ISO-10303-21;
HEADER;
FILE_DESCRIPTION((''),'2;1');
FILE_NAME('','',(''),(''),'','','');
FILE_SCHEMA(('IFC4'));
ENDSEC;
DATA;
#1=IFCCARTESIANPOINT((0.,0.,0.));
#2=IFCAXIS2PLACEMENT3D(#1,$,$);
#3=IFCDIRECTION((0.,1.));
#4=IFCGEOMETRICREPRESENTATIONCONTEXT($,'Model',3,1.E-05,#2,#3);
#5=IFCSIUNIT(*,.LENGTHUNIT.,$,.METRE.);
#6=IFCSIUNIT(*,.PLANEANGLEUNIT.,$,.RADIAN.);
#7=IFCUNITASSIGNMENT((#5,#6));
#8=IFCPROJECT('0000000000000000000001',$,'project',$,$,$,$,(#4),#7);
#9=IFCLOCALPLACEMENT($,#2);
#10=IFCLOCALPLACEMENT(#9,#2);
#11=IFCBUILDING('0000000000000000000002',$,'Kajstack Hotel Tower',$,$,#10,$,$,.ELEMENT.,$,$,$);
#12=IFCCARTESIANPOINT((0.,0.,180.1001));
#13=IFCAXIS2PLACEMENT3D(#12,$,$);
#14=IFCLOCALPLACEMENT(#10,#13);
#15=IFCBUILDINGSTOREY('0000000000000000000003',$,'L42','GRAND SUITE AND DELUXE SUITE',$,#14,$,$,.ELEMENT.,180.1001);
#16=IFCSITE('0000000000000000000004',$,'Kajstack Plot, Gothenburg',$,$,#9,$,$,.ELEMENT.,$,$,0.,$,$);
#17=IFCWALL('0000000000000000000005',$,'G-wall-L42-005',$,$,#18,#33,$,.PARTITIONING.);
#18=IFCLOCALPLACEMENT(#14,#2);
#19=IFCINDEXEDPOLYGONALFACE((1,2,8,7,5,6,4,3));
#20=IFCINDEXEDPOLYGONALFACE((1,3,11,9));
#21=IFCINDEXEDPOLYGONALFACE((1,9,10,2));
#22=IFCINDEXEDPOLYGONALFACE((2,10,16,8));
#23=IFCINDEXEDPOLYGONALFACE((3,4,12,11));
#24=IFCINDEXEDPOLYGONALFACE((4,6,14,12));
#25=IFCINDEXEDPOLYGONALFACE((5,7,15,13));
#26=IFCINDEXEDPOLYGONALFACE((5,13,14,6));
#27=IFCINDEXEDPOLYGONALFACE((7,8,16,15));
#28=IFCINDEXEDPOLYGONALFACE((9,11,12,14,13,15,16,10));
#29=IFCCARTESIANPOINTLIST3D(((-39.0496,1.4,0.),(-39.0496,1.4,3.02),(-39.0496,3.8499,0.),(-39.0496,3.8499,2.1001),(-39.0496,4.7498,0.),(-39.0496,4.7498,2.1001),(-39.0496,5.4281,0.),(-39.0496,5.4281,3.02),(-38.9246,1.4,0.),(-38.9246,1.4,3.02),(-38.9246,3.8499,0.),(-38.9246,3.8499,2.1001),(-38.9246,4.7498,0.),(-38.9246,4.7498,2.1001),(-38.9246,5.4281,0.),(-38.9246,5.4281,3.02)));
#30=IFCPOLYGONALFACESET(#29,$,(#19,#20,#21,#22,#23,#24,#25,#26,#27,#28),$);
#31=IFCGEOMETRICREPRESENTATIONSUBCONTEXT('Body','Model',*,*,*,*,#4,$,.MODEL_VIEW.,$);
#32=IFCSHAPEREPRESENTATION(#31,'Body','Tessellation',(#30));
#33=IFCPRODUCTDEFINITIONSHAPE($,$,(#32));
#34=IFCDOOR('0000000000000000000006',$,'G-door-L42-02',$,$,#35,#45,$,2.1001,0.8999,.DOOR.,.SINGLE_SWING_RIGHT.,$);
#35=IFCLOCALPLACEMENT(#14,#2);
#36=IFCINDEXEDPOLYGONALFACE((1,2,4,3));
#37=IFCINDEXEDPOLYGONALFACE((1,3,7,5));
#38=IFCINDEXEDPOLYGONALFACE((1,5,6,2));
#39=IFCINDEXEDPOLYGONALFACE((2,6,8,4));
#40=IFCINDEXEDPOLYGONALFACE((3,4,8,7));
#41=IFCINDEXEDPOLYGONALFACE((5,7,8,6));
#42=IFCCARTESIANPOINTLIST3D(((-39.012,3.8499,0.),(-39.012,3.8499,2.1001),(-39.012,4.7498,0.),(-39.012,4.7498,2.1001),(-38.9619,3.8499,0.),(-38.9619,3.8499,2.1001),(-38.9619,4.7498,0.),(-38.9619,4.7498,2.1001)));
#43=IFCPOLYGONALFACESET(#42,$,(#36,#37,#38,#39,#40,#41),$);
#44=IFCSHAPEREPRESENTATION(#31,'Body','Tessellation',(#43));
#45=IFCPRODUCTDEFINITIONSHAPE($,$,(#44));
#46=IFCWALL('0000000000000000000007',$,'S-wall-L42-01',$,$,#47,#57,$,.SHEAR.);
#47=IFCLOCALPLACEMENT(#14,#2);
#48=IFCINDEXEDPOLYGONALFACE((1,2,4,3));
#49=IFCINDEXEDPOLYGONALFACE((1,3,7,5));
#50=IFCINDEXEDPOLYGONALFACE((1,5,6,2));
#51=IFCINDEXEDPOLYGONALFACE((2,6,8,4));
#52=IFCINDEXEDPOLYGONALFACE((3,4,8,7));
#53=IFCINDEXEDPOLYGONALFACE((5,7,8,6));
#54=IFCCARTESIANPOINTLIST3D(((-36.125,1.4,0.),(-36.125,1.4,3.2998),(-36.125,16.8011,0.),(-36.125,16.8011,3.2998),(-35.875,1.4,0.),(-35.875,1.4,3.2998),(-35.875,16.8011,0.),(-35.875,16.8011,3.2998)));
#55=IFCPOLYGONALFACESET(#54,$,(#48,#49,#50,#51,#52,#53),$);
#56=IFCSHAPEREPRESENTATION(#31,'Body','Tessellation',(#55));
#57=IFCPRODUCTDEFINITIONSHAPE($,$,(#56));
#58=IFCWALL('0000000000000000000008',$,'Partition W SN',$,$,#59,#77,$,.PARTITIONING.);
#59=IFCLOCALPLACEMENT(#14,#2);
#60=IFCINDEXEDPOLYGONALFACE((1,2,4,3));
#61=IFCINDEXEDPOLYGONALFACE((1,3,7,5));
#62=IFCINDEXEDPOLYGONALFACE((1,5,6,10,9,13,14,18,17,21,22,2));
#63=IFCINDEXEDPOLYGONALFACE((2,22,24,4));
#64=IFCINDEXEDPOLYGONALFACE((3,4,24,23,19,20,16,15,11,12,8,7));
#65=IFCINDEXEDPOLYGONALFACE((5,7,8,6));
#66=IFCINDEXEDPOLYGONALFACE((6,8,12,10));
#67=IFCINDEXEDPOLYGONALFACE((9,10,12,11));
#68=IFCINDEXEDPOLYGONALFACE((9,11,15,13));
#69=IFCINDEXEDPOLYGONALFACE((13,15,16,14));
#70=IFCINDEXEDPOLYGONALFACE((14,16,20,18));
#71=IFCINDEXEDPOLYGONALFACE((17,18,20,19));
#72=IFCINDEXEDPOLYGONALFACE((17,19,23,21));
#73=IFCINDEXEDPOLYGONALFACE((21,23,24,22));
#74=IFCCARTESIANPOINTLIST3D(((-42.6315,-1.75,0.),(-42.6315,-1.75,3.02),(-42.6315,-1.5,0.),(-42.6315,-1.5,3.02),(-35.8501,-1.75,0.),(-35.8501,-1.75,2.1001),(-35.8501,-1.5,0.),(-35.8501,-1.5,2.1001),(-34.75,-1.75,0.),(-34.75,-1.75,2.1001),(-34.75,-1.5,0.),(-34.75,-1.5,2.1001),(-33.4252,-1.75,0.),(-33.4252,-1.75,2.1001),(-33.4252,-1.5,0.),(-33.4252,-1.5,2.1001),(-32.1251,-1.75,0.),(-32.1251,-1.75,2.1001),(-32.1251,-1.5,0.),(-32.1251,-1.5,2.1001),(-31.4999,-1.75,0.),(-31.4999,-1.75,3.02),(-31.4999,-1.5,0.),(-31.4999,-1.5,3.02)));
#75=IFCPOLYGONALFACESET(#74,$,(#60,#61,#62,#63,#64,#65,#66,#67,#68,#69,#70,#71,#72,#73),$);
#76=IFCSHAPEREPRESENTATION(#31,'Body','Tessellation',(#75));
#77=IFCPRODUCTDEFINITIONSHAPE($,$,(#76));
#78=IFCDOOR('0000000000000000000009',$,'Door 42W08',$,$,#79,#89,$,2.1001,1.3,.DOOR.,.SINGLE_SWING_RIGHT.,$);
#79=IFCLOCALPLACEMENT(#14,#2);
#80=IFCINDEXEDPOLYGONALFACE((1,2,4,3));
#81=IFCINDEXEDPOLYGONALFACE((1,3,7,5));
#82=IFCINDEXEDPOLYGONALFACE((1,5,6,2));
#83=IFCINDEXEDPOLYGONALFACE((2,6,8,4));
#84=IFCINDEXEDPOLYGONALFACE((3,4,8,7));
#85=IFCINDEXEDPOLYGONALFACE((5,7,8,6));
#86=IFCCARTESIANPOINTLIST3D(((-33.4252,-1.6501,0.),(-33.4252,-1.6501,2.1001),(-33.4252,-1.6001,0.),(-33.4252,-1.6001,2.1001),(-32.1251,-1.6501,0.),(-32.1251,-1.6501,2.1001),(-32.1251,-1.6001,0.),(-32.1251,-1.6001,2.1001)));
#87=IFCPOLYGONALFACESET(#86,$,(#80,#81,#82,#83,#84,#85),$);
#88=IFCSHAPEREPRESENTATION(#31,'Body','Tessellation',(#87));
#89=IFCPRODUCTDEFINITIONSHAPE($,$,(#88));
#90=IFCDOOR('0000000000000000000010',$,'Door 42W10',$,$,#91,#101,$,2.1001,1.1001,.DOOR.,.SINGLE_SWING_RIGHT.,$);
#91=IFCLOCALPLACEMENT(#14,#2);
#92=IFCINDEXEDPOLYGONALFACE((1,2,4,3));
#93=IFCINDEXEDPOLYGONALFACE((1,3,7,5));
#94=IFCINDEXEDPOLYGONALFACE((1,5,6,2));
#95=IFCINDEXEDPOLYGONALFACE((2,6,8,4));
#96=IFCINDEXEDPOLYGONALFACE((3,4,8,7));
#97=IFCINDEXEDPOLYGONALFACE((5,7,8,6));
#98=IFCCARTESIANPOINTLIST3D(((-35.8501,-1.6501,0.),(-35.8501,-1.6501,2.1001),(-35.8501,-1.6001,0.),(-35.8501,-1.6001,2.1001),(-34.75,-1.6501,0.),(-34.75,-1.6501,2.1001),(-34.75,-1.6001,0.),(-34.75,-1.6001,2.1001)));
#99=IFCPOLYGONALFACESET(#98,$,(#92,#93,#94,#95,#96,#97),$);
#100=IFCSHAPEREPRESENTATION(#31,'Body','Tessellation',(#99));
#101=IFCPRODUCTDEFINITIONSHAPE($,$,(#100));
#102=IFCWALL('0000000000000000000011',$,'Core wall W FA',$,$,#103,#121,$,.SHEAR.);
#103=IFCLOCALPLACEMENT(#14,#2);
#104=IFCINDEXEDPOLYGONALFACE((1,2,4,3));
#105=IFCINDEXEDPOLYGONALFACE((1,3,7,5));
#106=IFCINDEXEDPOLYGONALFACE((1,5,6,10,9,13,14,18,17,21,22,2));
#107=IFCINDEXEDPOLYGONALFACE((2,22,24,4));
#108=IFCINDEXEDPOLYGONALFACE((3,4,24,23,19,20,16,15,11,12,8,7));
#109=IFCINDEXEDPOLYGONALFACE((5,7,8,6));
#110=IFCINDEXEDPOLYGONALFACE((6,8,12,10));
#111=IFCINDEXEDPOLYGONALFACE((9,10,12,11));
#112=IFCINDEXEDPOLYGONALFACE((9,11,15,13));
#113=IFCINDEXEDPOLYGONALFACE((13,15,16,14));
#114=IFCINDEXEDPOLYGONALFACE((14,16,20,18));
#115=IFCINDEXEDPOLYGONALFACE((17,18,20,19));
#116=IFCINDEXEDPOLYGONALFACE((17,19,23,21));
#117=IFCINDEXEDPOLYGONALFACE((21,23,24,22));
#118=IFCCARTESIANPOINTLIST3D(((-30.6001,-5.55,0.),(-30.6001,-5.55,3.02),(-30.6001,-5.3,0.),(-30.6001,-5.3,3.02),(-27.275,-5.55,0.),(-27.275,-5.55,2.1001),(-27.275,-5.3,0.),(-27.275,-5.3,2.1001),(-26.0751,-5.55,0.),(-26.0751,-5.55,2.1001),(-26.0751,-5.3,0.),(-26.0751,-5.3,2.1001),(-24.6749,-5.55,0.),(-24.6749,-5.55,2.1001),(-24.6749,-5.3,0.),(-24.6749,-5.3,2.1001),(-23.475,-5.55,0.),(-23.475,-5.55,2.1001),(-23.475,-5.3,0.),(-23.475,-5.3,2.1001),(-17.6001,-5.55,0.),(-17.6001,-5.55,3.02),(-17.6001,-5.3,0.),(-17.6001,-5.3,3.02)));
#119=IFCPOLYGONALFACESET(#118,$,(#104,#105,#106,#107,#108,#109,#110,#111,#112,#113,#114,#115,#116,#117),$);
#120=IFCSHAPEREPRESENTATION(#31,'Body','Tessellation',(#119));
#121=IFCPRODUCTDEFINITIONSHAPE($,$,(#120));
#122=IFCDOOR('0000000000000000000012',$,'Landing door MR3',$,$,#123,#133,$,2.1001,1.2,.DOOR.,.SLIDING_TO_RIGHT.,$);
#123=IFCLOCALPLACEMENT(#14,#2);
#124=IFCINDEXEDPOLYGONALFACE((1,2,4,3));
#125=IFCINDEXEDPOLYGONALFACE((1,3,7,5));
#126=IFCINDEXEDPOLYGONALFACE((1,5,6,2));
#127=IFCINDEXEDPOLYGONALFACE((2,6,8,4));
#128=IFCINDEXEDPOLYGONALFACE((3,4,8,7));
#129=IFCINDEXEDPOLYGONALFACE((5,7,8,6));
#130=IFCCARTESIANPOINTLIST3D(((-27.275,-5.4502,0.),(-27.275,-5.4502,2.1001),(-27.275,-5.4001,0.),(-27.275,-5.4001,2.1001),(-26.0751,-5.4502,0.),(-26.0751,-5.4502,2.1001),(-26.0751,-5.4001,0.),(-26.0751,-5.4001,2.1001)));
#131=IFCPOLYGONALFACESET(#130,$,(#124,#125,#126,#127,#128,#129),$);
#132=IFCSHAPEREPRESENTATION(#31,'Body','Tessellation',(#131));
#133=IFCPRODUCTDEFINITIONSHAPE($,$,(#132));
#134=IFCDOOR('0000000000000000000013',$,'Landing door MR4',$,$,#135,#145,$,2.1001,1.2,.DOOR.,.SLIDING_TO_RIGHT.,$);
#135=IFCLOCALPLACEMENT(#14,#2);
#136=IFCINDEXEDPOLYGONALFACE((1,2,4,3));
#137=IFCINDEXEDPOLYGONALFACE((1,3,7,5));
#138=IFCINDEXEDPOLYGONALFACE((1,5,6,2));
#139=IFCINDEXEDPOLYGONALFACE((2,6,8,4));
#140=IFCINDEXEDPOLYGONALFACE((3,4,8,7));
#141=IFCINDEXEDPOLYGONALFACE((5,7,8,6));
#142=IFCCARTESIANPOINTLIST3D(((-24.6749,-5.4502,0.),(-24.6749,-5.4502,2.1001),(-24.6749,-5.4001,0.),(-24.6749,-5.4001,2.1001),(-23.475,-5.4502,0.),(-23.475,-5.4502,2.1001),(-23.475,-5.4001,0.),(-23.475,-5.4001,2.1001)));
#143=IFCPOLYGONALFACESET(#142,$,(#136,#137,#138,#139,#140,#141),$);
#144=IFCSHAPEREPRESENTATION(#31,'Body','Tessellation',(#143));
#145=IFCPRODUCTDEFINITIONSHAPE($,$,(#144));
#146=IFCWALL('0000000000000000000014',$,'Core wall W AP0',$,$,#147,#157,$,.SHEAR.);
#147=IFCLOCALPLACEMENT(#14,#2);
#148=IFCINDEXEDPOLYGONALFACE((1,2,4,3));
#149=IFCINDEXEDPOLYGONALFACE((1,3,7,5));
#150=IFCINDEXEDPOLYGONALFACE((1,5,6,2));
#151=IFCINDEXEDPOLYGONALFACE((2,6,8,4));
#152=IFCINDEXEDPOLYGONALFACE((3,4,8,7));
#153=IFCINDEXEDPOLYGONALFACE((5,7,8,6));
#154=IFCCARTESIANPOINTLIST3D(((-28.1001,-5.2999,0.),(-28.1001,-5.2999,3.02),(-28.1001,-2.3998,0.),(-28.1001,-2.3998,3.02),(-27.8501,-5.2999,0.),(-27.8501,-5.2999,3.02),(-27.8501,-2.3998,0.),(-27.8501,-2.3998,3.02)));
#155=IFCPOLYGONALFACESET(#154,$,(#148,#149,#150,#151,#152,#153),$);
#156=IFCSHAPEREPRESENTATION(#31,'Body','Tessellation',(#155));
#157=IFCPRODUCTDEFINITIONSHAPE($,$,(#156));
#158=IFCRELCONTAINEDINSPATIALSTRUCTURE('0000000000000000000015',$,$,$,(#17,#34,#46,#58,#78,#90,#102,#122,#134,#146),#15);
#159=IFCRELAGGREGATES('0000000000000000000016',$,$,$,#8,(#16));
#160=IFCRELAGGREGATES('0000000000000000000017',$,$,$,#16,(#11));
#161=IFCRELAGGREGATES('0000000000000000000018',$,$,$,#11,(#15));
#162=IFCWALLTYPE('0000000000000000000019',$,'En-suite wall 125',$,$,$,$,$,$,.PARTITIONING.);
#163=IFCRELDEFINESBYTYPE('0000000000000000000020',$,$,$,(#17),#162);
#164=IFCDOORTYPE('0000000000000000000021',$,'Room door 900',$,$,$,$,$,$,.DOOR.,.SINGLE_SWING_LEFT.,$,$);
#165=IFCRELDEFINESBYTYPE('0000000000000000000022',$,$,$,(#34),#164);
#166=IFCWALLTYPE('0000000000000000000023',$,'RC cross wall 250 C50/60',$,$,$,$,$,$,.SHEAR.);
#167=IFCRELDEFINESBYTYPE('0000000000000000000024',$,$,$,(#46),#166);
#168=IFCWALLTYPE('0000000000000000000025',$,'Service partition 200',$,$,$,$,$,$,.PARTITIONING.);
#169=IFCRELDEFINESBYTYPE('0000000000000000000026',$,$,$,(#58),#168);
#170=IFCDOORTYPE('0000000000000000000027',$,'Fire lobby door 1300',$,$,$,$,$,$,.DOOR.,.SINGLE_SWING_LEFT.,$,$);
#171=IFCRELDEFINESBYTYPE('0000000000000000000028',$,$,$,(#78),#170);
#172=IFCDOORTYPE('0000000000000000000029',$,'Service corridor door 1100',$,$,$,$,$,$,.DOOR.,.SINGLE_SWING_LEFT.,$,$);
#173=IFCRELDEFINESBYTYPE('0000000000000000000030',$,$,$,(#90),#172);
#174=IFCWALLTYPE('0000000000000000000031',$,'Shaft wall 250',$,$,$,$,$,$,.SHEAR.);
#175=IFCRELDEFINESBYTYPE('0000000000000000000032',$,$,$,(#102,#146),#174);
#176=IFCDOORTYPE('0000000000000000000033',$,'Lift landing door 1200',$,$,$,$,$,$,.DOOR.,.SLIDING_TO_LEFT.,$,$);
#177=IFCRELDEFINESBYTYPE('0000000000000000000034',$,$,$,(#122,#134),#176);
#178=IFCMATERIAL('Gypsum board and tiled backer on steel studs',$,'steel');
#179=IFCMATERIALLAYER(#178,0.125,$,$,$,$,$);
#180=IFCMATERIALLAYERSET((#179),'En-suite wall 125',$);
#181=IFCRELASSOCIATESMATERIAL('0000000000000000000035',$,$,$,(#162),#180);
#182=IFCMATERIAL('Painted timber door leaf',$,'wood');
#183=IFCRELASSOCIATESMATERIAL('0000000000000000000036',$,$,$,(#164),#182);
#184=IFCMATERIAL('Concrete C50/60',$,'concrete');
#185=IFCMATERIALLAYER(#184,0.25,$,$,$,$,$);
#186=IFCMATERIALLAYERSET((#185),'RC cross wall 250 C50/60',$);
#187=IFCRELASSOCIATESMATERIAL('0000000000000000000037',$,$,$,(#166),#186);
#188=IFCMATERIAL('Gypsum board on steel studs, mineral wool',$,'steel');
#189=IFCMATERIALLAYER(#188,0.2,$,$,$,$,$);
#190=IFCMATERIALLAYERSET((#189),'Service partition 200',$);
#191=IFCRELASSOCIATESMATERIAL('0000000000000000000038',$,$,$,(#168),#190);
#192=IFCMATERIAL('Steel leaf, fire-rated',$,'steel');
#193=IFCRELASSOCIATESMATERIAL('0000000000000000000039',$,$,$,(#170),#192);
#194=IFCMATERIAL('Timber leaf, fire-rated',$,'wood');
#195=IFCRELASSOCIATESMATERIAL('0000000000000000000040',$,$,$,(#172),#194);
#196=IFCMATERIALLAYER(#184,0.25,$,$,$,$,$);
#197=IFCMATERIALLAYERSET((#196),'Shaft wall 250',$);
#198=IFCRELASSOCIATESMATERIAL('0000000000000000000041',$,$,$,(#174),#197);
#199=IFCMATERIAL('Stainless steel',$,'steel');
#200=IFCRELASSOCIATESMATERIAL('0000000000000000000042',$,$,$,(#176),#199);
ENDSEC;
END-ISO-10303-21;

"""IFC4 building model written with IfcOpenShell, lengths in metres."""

from ifc_helpers import new_model, si_unit, direction, frame, frame_2d, origin, place, context, subcontext, project, spatial, rectangle, extrude, material, layer, layer_set, type_object, element, fill, save


model = new_model("IFC4")

# Units and contexts
model_context = context("Model", 3, precision=1e-05, world=origin(), true_north=direction((0.0, 1.0)))
body_context = subcontext(model_context, "Body", "Model", "MODEL_VIEW")
ifc_project = project(units=[si_unit("LENGTHUNIT", "METRE"), si_unit("PLANEANGLEUNIT", "RADIAN")], contexts=[model_context])

# Site, building, storey
site_placement = place(None, origin())
site = spatial("IfcSite", under=ifc_project, at=site_placement, Name="Kajstack Plot, Gothenburg", CompositionType="ELEMENT", RefElevation=0.0)
building_placement = place(site_placement, origin())
building = spatial("IfcBuilding", under=site, at=building_placement, Name="Kajstack Hotel Tower", CompositionType="ELEMENT")
storey_placement = place(building_placement, frame((0.0, 0.0, 180.1001)))
storey = spatial("IfcBuildingStorey", under=building, at=storey_placement, Name="L42", Description="GRAND SUITE AND DELUXE SUITE", CompositionType="ELEMENT", Elevation=180.1001)

# Shared definitions
ifc_material_1 = material(Name="Gypsum board on steel studs, mineral wool", Category="steel")

# Wall, opening, door
ifc_material_2 = material(Name="Gypsum board and tiled backer on steel studs", Category="steel")
ifc_layer_1 = layer(ifc_material_2, 0.125)
ifc_layer_set_1 = layer_set([ifc_layer_1], Name="En-suite wall 125")
wall_type_1 = type_object("IfcWallType", Name="En-suite wall 125", PredefinedType="PARTITIONING", material=ifc_layer_set_1)
wall_1_placement = place(storey_placement, frame((-38.9871, 1.3999, 0.0), z_axis=(0.0, 0.0, 1.0), x_axis=(0.0, 1.0, 0.0)))
wall_1 = element("IfcWall", 1, at=wall_1_placement, inside=storey, type_object=wall_type_1, Name="G-wall-L42-005", PredefinedType="PARTITIONING", context=body_context, shape_type="SweptSolid", body=[
    extrude(rectangle(XDim=4.0281, YDim=0.125, at=frame_2d((2.0142, 0.0))), origin(), (0.0, 0.0, 1.0), 3.02),
])
opening_1_placement = place(wall_1_placement, frame((2.45, 0.0, 0.0)))
opening_1 = element("IfcOpeningElement", 2, at=opening_1_placement, cuts=wall_1, PredefinedType="OPENING", context=body_context, shape_type="SweptSolid", body=[
    extrude(rectangle(XDim=0.8999, YDim=2.1001, at=frame_2d((0.45, 1.05))), frame((0.0, 0.0725, 0.0), z_axis=(0.0, -1.0, 0.0), x_axis=(1.0, 0.0, 0.0)), (0.0, 0.0, 1.0), 0.145),
])
ifc_material_3 = material(Name="Painted timber door leaf", Category="wood")
door_type_1 = type_object("IfcDoorType", Name="Room door 900", OperationType="SINGLE_SWING_LEFT", PredefinedType="DOOR", material=ifc_material_3)
door_1_placement = place(opening_1_placement, origin())
door_1 = element("IfcDoor", 3, at=door_1_placement, inside=storey, type_object=door_type_1, Name="G-door-L42-02", OperationType="SINGLE_SWING_RIGHT", OverallHeight=2.1001, OverallWidth=0.8999, PredefinedType="DOOR", context=body_context, shape_type="SweptSolid", body=[
    extrude(rectangle(XDim=0.8999, YDim=2.1001, at=frame_2d((0.45, 1.05))), frame((0.0, 0.0249, 0.0), z_axis=(0.0, -1.0, 0.0), x_axis=(1.0, 0.0, 0.0)), (0.0, 0.0, 1.0), 0.05),
])
fill(opening_1, door_1)

# Wall
ifc_material_4 = material(Name="Concrete C50/60", Category="concrete")
ifc_layer_2 = layer(ifc_material_4, 0.25)
ifc_layer_set_2 = layer_set([ifc_layer_2], Name="RC cross wall 250 C50/60")
wall_type_2 = type_object("IfcWallType", Name="RC cross wall 250 C50/60", PredefinedType="SHEAR", material=ifc_layer_set_2)
wall_2_placement = place(storey_placement, frame((-36.0, 1.3999, 0.0), z_axis=(0.0, 0.0, 1.0), x_axis=(0.0, 1.0, 0.0)))
element("IfcWall", 4, at=wall_2_placement, inside=storey, type_object=wall_type_2, Name="S-wall-L42-01", PredefinedType="SHEAR", context=body_context, shape_type="SweptSolid", body=[
    extrude(rectangle(XDim=15.4011, YDim=0.25, at=frame_2d((7.7007, 0.0))), origin(), (0.0, 0.0, 1.0), 3.2998),
])

# Walls, openings, doors
ifc_layer_3 = layer(ifc_material_1, 0.2)
ifc_layer_set_3 = layer_set([ifc_layer_3], Name="Service partition 200")
wall_type_3 = type_object("IfcWallType", Name="Service partition 200", PredefinedType="PARTITIONING", material=ifc_layer_set_3)
wall_3_placement = place(storey_placement, frame((-42.6316, -1.625, 0.0), z_axis=(0.0, 0.0, 1.0), x_axis=(1.0, 0.0, 0.0)))
wall_3 = element("IfcWall", 5, at=wall_3_placement, inside=storey, type_object=wall_type_3, Name="Partition W SN", PredefinedType="PARTITIONING", context=body_context, shape_type="SweptSolid", body=[
    extrude(rectangle(XDim=11.1316, YDim=0.25, at=frame_2d((5.5659, 0.0))), origin(), (0.0, 0.0, 1.0), 3.02),
])
opening_2_placement = place(wall_3_placement, frame((9.2065, 0.0, 0.0)))
opening_2 = element("IfcOpeningElement", 6, at=opening_2_placement, cuts=wall_3, PredefinedType="OPENING", context=body_context, shape_type="SweptSolid", body=[
    extrude(rectangle(XDim=1.3, YDim=2.1001, at=frame_2d((0.6499, 1.05))), frame((0.0, 0.135, 0.0), z_axis=(0.0, -1.0, 0.0), x_axis=(1.0, 0.0, 0.0)), (0.0, 0.0, 1.0), 0.27),
])
opening_3_placement = place(wall_3_placement, frame((6.7815, 0.0, 0.0)))
opening_3 = element("IfcOpeningElement", 7, at=opening_3_placement, cuts=wall_3, PredefinedType="OPENING", context=body_context, shape_type="SweptSolid", body=[
    extrude(rectangle(XDim=1.1001, YDim=2.1001, at=frame_2d((0.55, 1.05))), frame((0.0, 0.135, 0.0), z_axis=(0.0, -1.0, 0.0), x_axis=(1.0, 0.0, 0.0)), (0.0, 0.0, 1.0), 0.27),
])
ifc_material_5 = material(Name="Steel leaf, fire-rated", Category="steel")
door_type_2 = type_object("IfcDoorType", Name="Fire lobby door 1300", OperationType="SINGLE_SWING_LEFT", PredefinedType="DOOR", material=ifc_material_5)
door_2_placement = place(opening_2_placement, origin())
door_2 = element("IfcDoor", 8, at=door_2_placement, inside=storey, type_object=door_type_2, Name="Door 42W08", OperationType="SINGLE_SWING_RIGHT", OverallHeight=2.1001, OverallWidth=1.3, PredefinedType="DOOR", context=body_context, shape_type="SweptSolid", body=[
    extrude(rectangle(XDim=1.3, YDim=2.1001, at=frame_2d((0.6499, 1.05))), frame((0.0, 0.0249, 0.0), z_axis=(0.0, -1.0, 0.0), x_axis=(1.0, 0.0, 0.0)), (0.0, 0.0, 1.0), 0.05),
])
fill(opening_2, door_2)
ifc_material_6 = material(Name="Timber leaf, fire-rated", Category="wood")
door_type_3 = type_object("IfcDoorType", Name="Service corridor door 1100", OperationType="SINGLE_SWING_LEFT", PredefinedType="DOOR", material=ifc_material_6)
door_3_placement = place(opening_3_placement, origin())
door_3 = element("IfcDoor", 9, at=door_3_placement, inside=storey, type_object=door_type_3, Name="Door 42W10", OperationType="SINGLE_SWING_RIGHT", OverallHeight=2.1001, OverallWidth=1.1001, PredefinedType="DOOR", context=body_context, shape_type="SweptSolid", body=[
    extrude(rectangle(XDim=1.1001, YDim=2.1001, at=frame_2d((0.55, 1.05))), frame((0.0, 0.0249, 0.0), z_axis=(0.0, -1.0, 0.0), x_axis=(1.0, 0.0, 0.0)), (0.0, 0.0, 1.0), 0.05),
])
fill(opening_3, door_3)
ifc_layer_4 = layer(ifc_material_4, 0.25)
ifc_layer_set_4 = layer_set([ifc_layer_4], Name="Shaft wall 250")
wall_type_4 = type_object("IfcWallType", Name="Shaft wall 250", PredefinedType="SHEAR", material=ifc_layer_set_4)
wall_4_placement = place(storey_placement, frame((-30.6001, -5.425, 0.0), z_axis=(0.0, 0.0, 1.0), x_axis=(1.0, 0.0, 0.0)))
wall_4 = element("IfcWall", 10, at=wall_4_placement, inside=storey, type_object=wall_type_4, Name="Core wall W FA", PredefinedType="SHEAR", context=body_context, shape_type="SweptSolid", body=[
    extrude(rectangle(XDim=13.0, YDim=0.25, at=frame_2d((6.5, 0.0))), origin(), (0.0, 0.0, 1.0), 3.02),
])
opening_4_placement = place(wall_4_placement, frame((3.325, 0.0, 0.0)))
opening_4 = element("IfcOpeningElement", 11, at=opening_4_placement, cuts=wall_4, PredefinedType="OPENING", context=body_context, shape_type="SweptSolid", body=[
    extrude(rectangle(XDim=1.2, YDim=2.1001, at=frame_2d((0.6001, 1.05))), frame((0.0, 0.135, 0.0), z_axis=(0.0, -1.0, 0.0), x_axis=(1.0, 0.0, 0.0)), (0.0, 0.0, 1.0), 0.27),
])
opening_5_placement = place(wall_4_placement, frame((5.925, 0.0, 0.0)))
opening_5 = element("IfcOpeningElement", 12, at=opening_5_placement, cuts=wall_4, PredefinedType="OPENING", context=body_context, shape_type="SweptSolid", body=[
    extrude(rectangle(XDim=1.2, YDim=2.1001, at=frame_2d((0.6001, 1.05))), frame((0.0, 0.135, 0.0), z_axis=(0.0, -1.0, 0.0), x_axis=(1.0, 0.0, 0.0)), (0.0, 0.0, 1.0), 0.27),
])
ifc_material_7 = material(Name="Stainless steel", Category="steel")
door_type_4 = type_object("IfcDoorType", Name="Lift landing door 1200", OperationType="SLIDING_TO_LEFT", PredefinedType="DOOR", material=ifc_material_7)
door_4_placement = place(opening_4_placement, origin())
door_4 = element("IfcDoor", 13, at=door_4_placement, inside=storey, type_object=door_type_4, Name="Landing door MR3", OperationType="SLIDING_TO_RIGHT", OverallHeight=2.1001, OverallWidth=1.2, PredefinedType="DOOR", context=body_context, shape_type="SweptSolid", body=[
    extrude(rectangle(XDim=1.2, YDim=2.1001, at=frame_2d((0.6001, 1.05))), frame((0.0, 0.0249, 0.0), z_axis=(0.0, -1.0, 0.0), x_axis=(1.0, 0.0, 0.0)), (0.0, 0.0, 1.0), 0.05),
])
fill(opening_4, door_4)
door_5_placement = place(opening_5_placement, origin())
door_5 = element("IfcDoor", 14, at=door_5_placement, inside=storey, type_object=door_type_4, Name="Landing door MR4", OperationType="SLIDING_TO_RIGHT", OverallHeight=2.1001, OverallWidth=1.2, PredefinedType="DOOR", context=body_context, shape_type="SweptSolid", body=[
    extrude(rectangle(XDim=1.2, YDim=2.1001, at=frame_2d((0.6001, 1.05))), frame((0.0, 0.0249, 0.0), z_axis=(0.0, -1.0, 0.0), x_axis=(1.0, 0.0, 0.0)), (0.0, 0.0, 1.0), 0.05),
])
fill(opening_5, door_5)

# Wall
wall_5_placement = place(storey_placement, frame((-27.9751, -5.3, 0.0), z_axis=(0.0, 0.0, 1.0), x_axis=(0.0, 1.0, 0.0)))
element("IfcWall", 15, at=wall_5_placement, inside=storey, type_object=wall_type_4, Name="Core wall W AP0", PredefinedType="SHEAR", context=body_context, shape_type="SweptSolid", body=[
    extrude(rectangle(XDim=2.9001, YDim=0.25, at=frame_2d((1.4502, 0.0))), origin(), (0.0, 0.0, 1.0), 3.02),
])

save(model, "model.ifc")
